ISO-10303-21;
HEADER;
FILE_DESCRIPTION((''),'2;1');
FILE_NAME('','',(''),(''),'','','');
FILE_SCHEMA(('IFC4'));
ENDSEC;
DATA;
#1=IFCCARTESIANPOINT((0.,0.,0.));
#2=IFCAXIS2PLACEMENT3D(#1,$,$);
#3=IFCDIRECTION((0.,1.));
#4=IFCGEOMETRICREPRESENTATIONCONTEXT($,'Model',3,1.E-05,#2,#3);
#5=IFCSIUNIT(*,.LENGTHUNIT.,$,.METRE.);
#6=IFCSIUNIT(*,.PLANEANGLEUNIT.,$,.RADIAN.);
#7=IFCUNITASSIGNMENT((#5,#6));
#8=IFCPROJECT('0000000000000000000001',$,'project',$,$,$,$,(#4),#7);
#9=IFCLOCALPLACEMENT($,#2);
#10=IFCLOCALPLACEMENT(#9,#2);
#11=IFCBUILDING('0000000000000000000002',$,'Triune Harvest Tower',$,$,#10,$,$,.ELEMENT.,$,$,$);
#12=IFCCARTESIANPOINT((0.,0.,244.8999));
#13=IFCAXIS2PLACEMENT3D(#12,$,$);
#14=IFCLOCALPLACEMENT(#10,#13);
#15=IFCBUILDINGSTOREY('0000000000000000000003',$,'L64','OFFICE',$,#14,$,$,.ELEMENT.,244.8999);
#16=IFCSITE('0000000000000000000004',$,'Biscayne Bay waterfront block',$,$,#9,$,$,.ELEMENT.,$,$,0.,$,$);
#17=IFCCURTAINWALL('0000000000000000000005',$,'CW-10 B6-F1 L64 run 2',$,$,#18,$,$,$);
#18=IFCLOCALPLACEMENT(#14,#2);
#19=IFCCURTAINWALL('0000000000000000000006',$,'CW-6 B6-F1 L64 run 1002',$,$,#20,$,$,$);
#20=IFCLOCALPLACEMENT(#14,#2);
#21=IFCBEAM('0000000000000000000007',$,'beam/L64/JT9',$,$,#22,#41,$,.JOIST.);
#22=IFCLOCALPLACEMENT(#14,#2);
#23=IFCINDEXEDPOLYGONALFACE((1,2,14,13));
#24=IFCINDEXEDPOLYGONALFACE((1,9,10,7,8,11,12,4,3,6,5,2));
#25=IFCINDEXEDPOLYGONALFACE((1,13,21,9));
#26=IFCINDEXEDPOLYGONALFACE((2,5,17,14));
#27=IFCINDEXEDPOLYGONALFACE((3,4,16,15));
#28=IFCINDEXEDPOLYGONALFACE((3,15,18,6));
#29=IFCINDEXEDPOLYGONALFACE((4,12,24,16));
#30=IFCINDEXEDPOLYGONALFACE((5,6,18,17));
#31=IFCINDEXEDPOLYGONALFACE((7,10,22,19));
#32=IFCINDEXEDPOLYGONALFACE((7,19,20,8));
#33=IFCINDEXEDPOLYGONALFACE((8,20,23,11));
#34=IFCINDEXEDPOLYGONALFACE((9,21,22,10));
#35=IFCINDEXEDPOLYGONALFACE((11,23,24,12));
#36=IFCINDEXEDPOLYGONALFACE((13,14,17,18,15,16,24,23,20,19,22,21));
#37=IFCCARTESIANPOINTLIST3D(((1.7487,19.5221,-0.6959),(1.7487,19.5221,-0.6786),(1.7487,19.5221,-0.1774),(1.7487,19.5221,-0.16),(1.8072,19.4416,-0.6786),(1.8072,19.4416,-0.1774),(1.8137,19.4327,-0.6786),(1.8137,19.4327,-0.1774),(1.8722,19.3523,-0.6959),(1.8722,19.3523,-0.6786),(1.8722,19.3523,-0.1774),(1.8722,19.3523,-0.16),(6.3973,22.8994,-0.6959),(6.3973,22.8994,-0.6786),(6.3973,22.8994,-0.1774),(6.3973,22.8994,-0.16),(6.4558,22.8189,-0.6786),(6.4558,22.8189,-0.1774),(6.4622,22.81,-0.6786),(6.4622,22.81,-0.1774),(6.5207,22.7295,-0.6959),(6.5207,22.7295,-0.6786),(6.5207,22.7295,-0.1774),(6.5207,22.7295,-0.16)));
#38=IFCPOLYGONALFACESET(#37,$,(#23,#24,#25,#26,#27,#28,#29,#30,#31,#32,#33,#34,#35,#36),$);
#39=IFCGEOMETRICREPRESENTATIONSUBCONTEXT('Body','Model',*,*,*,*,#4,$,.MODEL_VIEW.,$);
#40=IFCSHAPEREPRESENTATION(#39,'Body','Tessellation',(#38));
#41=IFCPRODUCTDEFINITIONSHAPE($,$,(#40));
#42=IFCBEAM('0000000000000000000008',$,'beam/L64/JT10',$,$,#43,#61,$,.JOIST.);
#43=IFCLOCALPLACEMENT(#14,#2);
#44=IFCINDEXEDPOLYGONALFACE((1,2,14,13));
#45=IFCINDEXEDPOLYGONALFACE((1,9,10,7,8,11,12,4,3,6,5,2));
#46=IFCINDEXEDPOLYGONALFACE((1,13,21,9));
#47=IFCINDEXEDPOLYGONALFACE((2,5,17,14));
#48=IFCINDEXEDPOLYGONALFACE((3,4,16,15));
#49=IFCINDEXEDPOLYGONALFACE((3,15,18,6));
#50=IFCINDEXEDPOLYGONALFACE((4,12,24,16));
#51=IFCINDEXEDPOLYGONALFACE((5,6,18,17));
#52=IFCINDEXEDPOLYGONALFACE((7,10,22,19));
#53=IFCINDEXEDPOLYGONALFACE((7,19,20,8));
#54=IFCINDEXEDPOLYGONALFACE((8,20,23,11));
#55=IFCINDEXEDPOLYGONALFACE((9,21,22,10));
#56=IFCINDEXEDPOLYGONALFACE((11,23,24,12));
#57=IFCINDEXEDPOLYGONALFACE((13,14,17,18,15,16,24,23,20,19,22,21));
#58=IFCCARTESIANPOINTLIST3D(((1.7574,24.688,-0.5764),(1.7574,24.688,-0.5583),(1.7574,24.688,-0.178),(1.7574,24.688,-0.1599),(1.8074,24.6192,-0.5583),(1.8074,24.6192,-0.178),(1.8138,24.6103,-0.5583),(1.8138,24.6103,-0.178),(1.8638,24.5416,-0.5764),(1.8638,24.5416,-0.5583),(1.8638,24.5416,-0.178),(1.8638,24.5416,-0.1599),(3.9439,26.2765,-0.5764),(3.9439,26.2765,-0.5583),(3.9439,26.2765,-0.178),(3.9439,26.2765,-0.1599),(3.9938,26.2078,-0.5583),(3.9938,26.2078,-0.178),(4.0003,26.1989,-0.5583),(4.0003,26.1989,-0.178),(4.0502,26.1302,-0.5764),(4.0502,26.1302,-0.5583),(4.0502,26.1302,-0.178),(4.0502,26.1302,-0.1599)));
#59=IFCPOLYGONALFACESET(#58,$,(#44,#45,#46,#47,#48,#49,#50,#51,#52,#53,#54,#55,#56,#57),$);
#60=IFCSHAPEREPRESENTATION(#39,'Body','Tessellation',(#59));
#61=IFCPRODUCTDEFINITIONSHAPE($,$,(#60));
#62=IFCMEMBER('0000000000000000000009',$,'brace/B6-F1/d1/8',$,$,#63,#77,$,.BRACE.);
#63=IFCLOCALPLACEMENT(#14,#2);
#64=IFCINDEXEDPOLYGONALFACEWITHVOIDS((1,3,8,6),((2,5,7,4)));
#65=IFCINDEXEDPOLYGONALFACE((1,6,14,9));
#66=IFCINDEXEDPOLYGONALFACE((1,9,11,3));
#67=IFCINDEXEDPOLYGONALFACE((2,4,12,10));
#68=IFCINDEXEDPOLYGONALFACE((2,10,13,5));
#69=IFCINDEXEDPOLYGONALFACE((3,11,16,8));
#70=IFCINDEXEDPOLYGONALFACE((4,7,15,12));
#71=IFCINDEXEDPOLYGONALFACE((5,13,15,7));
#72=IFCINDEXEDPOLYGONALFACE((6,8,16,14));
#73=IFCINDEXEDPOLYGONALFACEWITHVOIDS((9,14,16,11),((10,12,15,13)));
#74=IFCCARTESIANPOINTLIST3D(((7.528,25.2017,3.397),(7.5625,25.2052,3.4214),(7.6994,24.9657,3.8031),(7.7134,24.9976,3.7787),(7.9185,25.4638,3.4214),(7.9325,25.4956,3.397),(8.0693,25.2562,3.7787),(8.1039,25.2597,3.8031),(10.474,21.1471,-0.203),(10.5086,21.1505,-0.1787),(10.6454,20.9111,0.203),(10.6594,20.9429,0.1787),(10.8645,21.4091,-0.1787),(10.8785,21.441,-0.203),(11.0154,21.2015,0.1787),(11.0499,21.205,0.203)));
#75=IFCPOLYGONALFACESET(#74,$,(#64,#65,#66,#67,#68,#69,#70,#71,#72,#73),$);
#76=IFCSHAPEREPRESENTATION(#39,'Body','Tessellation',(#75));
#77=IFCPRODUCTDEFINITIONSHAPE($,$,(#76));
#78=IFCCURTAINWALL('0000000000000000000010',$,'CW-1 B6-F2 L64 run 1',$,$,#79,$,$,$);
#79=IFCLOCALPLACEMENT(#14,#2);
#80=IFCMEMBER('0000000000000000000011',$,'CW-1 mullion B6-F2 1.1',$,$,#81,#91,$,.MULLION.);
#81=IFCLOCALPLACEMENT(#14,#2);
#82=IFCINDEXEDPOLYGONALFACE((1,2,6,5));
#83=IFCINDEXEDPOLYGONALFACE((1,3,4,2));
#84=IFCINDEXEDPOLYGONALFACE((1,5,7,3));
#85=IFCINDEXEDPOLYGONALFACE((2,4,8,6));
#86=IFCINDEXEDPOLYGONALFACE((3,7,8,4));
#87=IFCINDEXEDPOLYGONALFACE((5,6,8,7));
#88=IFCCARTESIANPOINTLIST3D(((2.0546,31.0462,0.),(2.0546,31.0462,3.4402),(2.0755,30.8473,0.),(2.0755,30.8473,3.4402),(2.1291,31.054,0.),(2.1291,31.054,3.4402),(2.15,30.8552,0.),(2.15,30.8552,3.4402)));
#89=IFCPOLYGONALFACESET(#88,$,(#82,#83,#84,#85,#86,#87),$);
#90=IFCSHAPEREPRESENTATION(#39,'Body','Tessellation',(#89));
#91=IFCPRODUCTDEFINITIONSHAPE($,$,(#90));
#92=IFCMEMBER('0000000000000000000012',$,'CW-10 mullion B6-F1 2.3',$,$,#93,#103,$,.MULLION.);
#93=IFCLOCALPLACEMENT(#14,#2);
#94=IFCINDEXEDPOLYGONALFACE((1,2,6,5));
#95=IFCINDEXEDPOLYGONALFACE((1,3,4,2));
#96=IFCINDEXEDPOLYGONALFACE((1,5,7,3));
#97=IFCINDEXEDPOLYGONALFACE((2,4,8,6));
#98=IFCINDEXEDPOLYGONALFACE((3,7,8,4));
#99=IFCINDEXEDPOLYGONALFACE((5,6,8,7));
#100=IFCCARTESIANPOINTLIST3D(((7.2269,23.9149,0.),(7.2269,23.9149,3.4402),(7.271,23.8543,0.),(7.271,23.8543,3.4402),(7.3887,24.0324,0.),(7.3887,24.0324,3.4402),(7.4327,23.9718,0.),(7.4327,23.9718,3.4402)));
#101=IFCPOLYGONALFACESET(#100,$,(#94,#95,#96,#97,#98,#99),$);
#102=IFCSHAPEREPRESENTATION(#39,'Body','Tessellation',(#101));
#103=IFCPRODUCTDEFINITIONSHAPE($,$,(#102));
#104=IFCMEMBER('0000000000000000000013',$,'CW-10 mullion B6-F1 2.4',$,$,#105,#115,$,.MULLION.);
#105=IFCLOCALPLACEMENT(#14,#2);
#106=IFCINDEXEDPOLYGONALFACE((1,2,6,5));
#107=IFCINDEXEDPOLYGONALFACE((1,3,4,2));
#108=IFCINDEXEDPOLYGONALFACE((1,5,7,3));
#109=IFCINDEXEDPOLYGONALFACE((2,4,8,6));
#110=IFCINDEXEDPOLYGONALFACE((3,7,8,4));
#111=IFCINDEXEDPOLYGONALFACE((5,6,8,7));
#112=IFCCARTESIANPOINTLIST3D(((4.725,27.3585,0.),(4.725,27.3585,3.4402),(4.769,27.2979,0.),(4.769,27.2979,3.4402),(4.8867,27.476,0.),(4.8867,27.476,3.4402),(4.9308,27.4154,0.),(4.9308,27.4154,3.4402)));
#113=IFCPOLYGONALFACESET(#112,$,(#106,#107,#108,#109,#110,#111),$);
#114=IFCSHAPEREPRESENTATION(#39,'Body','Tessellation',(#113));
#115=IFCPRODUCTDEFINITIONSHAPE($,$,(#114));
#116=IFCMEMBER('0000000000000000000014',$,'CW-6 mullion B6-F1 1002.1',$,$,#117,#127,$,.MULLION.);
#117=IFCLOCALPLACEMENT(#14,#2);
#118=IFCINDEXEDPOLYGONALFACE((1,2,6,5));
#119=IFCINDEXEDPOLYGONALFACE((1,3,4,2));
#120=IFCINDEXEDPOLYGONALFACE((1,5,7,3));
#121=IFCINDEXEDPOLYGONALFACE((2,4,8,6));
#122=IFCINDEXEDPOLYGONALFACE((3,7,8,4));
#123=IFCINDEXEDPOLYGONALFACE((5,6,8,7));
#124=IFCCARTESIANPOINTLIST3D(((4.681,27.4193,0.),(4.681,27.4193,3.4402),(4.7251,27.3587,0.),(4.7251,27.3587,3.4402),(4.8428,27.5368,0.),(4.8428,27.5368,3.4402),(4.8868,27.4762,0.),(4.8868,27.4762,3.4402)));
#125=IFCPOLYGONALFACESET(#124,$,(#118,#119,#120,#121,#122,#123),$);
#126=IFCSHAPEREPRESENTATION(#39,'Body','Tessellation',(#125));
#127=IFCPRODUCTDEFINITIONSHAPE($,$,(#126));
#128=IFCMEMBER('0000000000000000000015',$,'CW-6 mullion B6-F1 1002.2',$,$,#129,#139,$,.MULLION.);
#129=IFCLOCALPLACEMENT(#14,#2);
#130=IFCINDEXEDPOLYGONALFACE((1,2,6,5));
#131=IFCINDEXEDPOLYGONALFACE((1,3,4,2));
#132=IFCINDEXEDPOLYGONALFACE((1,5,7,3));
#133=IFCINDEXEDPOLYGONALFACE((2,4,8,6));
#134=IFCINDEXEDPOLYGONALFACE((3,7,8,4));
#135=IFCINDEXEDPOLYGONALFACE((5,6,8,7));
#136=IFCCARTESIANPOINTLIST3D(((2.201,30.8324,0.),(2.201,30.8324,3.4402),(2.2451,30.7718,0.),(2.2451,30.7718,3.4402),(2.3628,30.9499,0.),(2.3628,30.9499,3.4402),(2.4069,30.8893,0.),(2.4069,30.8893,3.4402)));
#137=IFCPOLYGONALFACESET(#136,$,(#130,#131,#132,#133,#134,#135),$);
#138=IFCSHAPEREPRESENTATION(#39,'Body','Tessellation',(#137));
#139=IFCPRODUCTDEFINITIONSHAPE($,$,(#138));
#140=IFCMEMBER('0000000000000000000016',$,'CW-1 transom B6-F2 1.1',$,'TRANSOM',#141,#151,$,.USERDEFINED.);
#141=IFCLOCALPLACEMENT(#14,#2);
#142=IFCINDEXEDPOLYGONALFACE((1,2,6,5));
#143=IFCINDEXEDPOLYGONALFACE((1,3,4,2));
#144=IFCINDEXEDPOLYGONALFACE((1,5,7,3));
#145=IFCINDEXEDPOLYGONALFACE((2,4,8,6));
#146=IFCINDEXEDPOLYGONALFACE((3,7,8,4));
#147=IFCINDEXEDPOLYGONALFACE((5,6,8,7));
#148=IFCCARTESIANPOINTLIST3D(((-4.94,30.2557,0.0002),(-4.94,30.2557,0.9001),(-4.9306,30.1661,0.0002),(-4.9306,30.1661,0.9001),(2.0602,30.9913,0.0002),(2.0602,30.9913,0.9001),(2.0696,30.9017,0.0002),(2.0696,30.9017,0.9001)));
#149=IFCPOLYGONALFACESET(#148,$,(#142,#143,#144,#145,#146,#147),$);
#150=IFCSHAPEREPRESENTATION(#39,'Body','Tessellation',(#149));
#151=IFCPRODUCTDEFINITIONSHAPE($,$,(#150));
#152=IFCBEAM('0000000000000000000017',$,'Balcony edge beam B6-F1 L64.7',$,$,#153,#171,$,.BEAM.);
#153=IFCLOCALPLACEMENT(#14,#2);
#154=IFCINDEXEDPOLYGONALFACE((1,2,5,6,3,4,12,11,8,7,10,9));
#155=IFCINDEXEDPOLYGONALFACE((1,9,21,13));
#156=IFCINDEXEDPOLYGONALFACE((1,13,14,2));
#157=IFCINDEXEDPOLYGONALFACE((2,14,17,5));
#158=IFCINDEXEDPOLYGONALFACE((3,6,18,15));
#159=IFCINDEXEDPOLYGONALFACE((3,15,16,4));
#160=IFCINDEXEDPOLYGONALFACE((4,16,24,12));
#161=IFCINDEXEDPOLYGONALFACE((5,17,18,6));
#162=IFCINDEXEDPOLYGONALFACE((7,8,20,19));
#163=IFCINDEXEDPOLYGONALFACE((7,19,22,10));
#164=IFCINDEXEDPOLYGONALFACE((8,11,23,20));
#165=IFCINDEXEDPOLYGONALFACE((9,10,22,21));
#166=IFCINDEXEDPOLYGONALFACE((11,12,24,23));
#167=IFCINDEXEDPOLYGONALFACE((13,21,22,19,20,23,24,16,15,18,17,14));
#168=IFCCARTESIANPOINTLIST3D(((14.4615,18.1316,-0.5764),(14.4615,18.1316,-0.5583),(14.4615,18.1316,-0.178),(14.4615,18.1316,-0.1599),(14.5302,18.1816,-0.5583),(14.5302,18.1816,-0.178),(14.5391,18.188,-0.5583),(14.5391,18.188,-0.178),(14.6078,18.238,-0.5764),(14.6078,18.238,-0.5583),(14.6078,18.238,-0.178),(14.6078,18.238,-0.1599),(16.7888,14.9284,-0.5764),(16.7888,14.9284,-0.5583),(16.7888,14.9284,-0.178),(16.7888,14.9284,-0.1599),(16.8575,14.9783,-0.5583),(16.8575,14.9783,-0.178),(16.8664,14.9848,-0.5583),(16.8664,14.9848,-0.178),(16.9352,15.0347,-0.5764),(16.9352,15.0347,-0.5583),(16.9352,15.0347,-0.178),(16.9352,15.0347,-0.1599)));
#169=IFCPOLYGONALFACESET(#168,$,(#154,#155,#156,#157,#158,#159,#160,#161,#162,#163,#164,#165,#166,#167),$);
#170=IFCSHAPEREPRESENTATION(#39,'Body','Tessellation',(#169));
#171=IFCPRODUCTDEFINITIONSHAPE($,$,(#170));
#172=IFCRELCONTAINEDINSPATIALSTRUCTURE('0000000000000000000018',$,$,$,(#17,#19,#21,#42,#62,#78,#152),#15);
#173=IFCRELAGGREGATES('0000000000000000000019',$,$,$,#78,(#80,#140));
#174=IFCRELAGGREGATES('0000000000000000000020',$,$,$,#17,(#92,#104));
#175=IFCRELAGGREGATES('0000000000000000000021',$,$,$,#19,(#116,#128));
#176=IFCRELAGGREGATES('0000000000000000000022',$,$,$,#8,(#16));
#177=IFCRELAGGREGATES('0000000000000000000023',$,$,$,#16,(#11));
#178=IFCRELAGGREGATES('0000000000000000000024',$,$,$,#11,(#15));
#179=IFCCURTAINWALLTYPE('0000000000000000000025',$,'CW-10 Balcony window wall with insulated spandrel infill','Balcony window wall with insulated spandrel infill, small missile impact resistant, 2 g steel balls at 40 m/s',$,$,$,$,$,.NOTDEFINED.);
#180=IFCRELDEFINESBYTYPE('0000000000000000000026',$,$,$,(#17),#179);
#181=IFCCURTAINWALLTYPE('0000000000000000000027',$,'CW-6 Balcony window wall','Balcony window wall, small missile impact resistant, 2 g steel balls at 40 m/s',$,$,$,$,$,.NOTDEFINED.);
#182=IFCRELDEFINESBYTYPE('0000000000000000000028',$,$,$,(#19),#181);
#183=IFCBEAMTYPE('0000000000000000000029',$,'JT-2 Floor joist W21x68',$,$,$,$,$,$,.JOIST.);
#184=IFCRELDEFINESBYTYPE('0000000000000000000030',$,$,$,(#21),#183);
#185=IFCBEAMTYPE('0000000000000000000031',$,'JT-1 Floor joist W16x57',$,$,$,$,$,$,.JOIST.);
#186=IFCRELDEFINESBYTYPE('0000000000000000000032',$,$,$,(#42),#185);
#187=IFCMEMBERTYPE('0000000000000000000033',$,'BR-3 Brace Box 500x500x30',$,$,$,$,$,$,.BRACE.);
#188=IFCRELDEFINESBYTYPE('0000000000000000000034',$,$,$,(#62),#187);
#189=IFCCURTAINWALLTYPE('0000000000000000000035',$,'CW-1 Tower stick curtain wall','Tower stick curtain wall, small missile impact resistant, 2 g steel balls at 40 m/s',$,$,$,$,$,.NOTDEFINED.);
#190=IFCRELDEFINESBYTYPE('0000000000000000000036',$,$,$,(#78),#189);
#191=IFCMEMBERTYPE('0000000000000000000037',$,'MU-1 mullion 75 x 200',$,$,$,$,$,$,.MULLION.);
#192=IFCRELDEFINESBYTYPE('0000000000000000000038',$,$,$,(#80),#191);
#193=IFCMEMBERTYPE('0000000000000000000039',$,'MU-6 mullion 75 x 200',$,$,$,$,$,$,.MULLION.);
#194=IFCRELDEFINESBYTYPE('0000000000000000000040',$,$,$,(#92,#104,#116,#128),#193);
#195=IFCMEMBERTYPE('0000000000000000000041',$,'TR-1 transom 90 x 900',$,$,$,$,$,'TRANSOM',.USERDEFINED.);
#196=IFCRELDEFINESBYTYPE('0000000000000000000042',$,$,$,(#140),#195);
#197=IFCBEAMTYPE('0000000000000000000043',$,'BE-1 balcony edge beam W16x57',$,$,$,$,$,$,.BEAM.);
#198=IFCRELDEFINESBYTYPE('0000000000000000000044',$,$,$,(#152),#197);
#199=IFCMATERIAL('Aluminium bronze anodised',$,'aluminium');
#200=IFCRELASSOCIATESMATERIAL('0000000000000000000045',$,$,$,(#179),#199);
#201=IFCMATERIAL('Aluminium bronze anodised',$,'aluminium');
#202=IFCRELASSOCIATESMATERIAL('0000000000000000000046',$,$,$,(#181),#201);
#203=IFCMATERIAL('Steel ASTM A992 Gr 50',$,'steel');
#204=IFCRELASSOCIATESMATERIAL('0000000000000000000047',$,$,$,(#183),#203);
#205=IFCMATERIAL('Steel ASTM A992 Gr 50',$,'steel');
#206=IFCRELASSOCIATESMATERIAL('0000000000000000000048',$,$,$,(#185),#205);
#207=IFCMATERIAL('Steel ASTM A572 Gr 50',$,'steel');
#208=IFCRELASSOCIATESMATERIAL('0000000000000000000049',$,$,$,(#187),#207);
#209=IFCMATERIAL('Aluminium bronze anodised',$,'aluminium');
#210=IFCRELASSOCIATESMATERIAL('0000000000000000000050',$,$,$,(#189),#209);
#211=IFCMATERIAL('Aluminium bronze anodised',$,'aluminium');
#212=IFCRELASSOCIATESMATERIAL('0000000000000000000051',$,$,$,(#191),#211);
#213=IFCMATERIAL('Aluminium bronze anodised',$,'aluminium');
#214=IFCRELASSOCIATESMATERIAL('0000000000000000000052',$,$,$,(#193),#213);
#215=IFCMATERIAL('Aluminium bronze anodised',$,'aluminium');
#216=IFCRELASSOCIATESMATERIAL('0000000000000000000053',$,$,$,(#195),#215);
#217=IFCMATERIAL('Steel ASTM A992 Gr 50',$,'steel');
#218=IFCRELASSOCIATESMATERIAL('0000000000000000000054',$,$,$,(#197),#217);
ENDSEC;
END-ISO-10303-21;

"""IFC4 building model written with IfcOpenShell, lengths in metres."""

from ifc_helpers import new_model, si_unit, direction, frame, origin, origin_2d, place, context, subcontext, project, spatial, rectangle, hollow_rectangle, i_section, extrude, source, transform, mapped, material, material_profile, profile_set, type_object, element, aggregate, save


model = new_model("IFC4")

# Units and contexts
model_context = context("Model", 3, precision=1e-05, world=origin(), true_north=direction((0.0, 1.0)))
body_context = subcontext(model_context, "Body", "Model", "MODEL_VIEW")
ifc_project = project(units=[si_unit("LENGTHUNIT", "METRE"), si_unit("PLANEANGLEUNIT", "RADIAN")], contexts=[model_context])

# Site, building, storey
site_placement = place(None, origin())
site = spatial("IfcSite", under=ifc_project, at=site_placement, Name="Biscayne Bay waterfront block", CompositionType="ELEMENT", RefElevation=0.0)
building_placement = place(site_placement, origin())
building = spatial("IfcBuilding", under=site, at=building_placement, Name="Triune Harvest Tower", CompositionType="ELEMENT")
storey_placement = place(building_placement, frame((0.0, 0.0, 244.8999)))
storey = spatial("IfcBuildingStorey", under=building, at=storey_placement, Name="L64", Description="OFFICE", CompositionType="ELEMENT", Elevation=244.8999)

# Curtain walls
ifc_material_1 = material(Name="Aluminium bronze anodised", Category="aluminium")
curtain_wall_type_1 = type_object("IfcCurtainWallType", Name="CW-10 Balcony window wall with insulated spandrel infill", Description="Balcony window wall with insulated spandrel infill, small missile impact resistant, 2 g steel balls at 40 m/s", PredefinedType="NOTDEFINED", material=ifc_material_1)
curtain_wall_1_placement = place(storey_placement, origin())
curtain_wall_1 = element("IfcCurtainWall", 1, at=curtain_wall_1_placement, inside=storey, type_object=curtain_wall_type_1, Name="CW-10 B6-F1 L64 run 2")
ifc_material_2 = material(Name="Aluminium bronze anodised", Category="aluminium")
curtain_wall_type_2 = type_object("IfcCurtainWallType", Name="CW-6 Balcony window wall", Description="Balcony window wall, small missile impact resistant, 2 g steel balls at 40 m/s", PredefinedType="NOTDEFINED", material=ifc_material_2)
curtain_wall_2_placement = place(storey_placement, origin())
curtain_wall_2 = element("IfcCurtainWall", 2, at=curtain_wall_2_placement, inside=storey, type_object=curtain_wall_type_2, Name="CW-6 B6-F1 L64 run 1002")

# Beams
ifc_material_3 = material(Name="Steel ASTM A992 Gr 50", Category="steel")
ifc_material_profile_1 = material_profile(ifc_material_3, i_section(OverallWidth=0.21, OverallDepth=0.5359, WebThickness=0.011, FlangeThickness=0.0173, at=origin_2d()), Name="W21x68")
ifc_profile_set_1 = profile_set([ifc_material_profile_1], Name="Steel ASTM A992 Gr 50")
beam_type_1 = type_object("IfcBeamType", Name="JT-2 Floor joist W21x68", PredefinedType="JOIST", material=ifc_profile_set_1)
shared_shape_1 = source(origin(), body_context, "Body", "SweptSolid", [
    extrude(i_section(OverallWidth=0.21, OverallDepth=0.5359, WebThickness=0.011, FlangeThickness=0.0173, at=origin_2d()), origin(), (0.0, 0.0, 1.0), 5.7458),
])
beam_1_placement = place(storey_placement, frame((6.459, 22.8145, -0.428), z_axis=(-0.809024, -0.587775, 0.0), x_axis=(0.587775, -0.809024, 0.0)))
element("IfcBeam", 3, at=beam_1_placement, inside=storey, type_object=beam_type_1, Name="beam/L64/JT9", PredefinedType="JOIST", context=body_context, shape_type="MappedRepresentation", body=[
    mapped(shared_shape_1, transform((0.0, 0.0, 0.0), scale=1.0)),
])
ifc_material_4 = material(Name="Steel ASTM A992 Gr 50", Category="steel")
ifc_material_profile_2 = material_profile(ifc_material_4, i_section(OverallWidth=0.1809, OverallDepth=0.4165, WebThickness=0.011, FlangeThickness=0.0181, at=origin_2d()), Name="W16x57")
ifc_profile_set_2 = profile_set([ifc_material_profile_2], Name="Steel ASTM A992 Gr 50")
beam_type_2 = type_object("IfcBeamType", Name="JT-1 Floor joist W16x57", PredefinedType="JOIST", material=ifc_profile_set_2)
shared_shape_2 = source(origin(), body_context, "Body", "SweptSolid", [
    extrude(i_section(OverallWidth=0.1809, OverallDepth=0.4165, WebThickness=0.011, FlangeThickness=0.0181, at=origin_2d()), origin(), (0.0, 0.0, 1.0), 2.7026),
])
beam_2_placement = place(storey_placement, frame((3.9971, 26.2034, -0.3682), z_axis=(-0.809013, -0.58779, 0.0), x_axis=(0.58779, -0.809013, 0.0)))
element("IfcBeam", 4, at=beam_2_placement, inside=storey, type_object=beam_type_2, Name="beam/L64/JT10", PredefinedType="JOIST", context=body_context, shape_type="MappedRepresentation", body=[
    mapped(shared_shape_2, transform((0.0, 0.0, 0.0), scale=1.0)),
])

# Member
ifc_material_5 = material(Name="Steel ASTM A572 Gr 50", Category="steel")
ifc_material_profile_3 = material_profile(ifc_material_5, hollow_rectangle(XDim=0.5, YDim=0.5, WallThickness=0.03, at=origin_2d()), Name="Box 500x500x30")
ifc_profile_set_3 = profile_set([ifc_material_profile_3], Name="Steel ASTM A572 Gr 50")
member_type_1 = type_object("IfcMemberType", Name="BR-3 Brace Box 500x500x30", PredefinedType="BRACE", material=ifc_profile_set_3)
shared_shape_3 = source(origin(), body_context, "Body", "SweptSolid", [
    extrude(hollow_rectangle(XDim=0.5, YDim=0.5, WallThickness=0.03, at=origin_2d()), origin(), (0.0, 0.0, 1.0), 6.1709),
])
member_1_placement = place(storey_placement, frame((10.762, 21.176, 0.0), z_axis=(-0.477407, 0.657063, 0.583396), x_axis=(-0.809004, -0.587804, 0.0)))
element("IfcMember", 5, at=member_1_placement, inside=storey, type_object=member_type_1, Name="brace/B6-F1/d1/8", PredefinedType="BRACE", context=body_context, shape_type="MappedRepresentation", body=[
    mapped(shared_shape_3, transform((0.0, 0.0, 0.0), scale=1.0)),
])

# Curtain wall, member
ifc_material_6 = material(Name="Aluminium bronze anodised", Category="aluminium")
curtain_wall_type_3 = type_object("IfcCurtainWallType", Name="CW-1 Tower stick curtain wall", Description="Tower stick curtain wall, small missile impact resistant, 2 g steel balls at 40 m/s", PredefinedType="NOTDEFINED", material=ifc_material_6)
curtain_wall_3_placement = place(storey_placement, origin())
curtain_wall_3 = element("IfcCurtainWall", 6, at=curtain_wall_3_placement, inside=storey, type_object=curtain_wall_type_3, Name="CW-1 B6-F2 L64 run 1")
ifc_material_7 = material(Name="Aluminium bronze anodised", Category="aluminium")
ifc_material_profile_4 = material_profile(ifc_material_7, rectangle(XDim=0.2, YDim=0.075, at=origin_2d()), Name="MU-1 mullion 75 x 200")
ifc_profile_set_4 = profile_set([ifc_material_profile_4], Name="Aluminium bronze anodised")
member_type_2 = type_object("IfcMemberType", Name="MU-1 mullion 75 x 200", PredefinedType="MULLION", material=ifc_profile_set_4)
shared_shape_4 = source(origin(), body_context, "Body", "SweptSolid", [
    extrude(rectangle(XDim=0.2, YDim=0.075, at=origin_2d()), origin(), (0.0, 0.0, 1.0), 3.4402),
])
member_2_placement = place(storey_placement, frame((2.1023, 30.9507, 0.0), z_axis=(0.0, 0.0, 1.0), x_axis=(0.10453, -0.994522, 0.0)))
member_2 = element("IfcMember", 7, at=member_2_placement, type_object=member_type_2, Name="CW-1 mullion B6-F2 1.1", PredefinedType="MULLION", context=body_context, shape_type="MappedRepresentation", body=[
    mapped(shared_shape_4, transform((0.0, 0.0, 0.0), scale=1.0)),
])

# Members
ifc_material_8 = material(Name="Aluminium bronze anodised", Category="aluminium")
ifc_material_profile_5 = material_profile(ifc_material_8, rectangle(XDim=0.2, YDim=0.075, at=origin_2d()), Name="MU-6 mullion 75 x 200")
ifc_profile_set_5 = profile_set([ifc_material_profile_5], Name="Aluminium bronze anodised")
member_type_3 = type_object("IfcMemberType", Name="MU-6 mullion 75 x 200", PredefinedType="MULLION", material=ifc_profile_set_5)
shared_shape_5 = source(origin(), body_context, "Body", "SweptSolid", [
    extrude(rectangle(XDim=0.2, YDim=0.075, at=origin_2d()), origin(), (0.0, 0.0, 1.0), 3.4402),
])
member_3_placement = place(storey_placement, frame((7.3298, 23.9434, 0.0), z_axis=(0.0, 0.0, 1.0), x_axis=(-0.809018, -0.587784, 0.0)))
member_3 = element("IfcMember", 8, at=member_3_placement, type_object=member_type_3, Name="CW-10 mullion B6-F1 2.3", PredefinedType="MULLION", context=body_context, shape_type="MappedRepresentation", body=[
    mapped(shared_shape_5, transform((0.0, 0.0, 0.0), scale=1.0)),
])
member_4_placement = place(storey_placement, frame((4.8279, 27.387, 0.0), z_axis=(0.0, 0.0, 1.0), x_axis=(-0.809018, -0.587784, 0.0)))
member_4 = element("IfcMember", 9, at=member_4_placement, type_object=member_type_3, Name="CW-10 mullion B6-F1 2.4", PredefinedType="MULLION", context=body_context, shape_type="MappedRepresentation", body=[
    mapped(shared_shape_5, transform((0.0, 0.0, 0.0), scale=1.0)),
])
member_5_placement = place(storey_placement, frame((4.7839, 27.4478, 0.0), z_axis=(0.0, 0.0, 1.0), x_axis=(-0.809012, -0.587792, 0.0)))
member_5 = element("IfcMember", 10, at=member_5_placement, type_object=member_type_3, Name="CW-6 mullion B6-F1 1002.1", PredefinedType="MULLION", context=body_context, shape_type="MappedRepresentation", body=[
    mapped(shared_shape_5, transform((0.0, 0.0, 0.0), scale=1.0)),
])
member_6_placement = place(storey_placement, frame((2.304, 30.8608, 0.0), z_axis=(0.0, 0.0, 1.0), x_axis=(-0.809012, -0.587792, 0.0)))
member_6 = element("IfcMember", 11, at=member_6_placement, type_object=member_type_3, Name="CW-6 mullion B6-F1 1002.2", PredefinedType="MULLION", context=body_context, shape_type="MappedRepresentation", body=[
    mapped(shared_shape_5, transform((0.0, 0.0, 0.0), scale=1.0)),
])
ifc_material_9 = material(Name="Aluminium bronze anodised", Category="aluminium")
ifc_material_profile_6 = material_profile(ifc_material_9, rectangle(XDim=0.0901, YDim=0.8999, at=origin_2d()), Name="TR-1 transom 90 x 900")
ifc_profile_set_6 = profile_set([ifc_material_profile_6], Name="Aluminium bronze anodised")
member_type_4 = type_object("IfcMemberType", Name="TR-1 transom 90 x 900", ElementType="TRANSOM", PredefinedType="USERDEFINED", material=ifc_profile_set_6)
shared_shape_6 = source(origin(), body_context, "Body", "SweptSolid", [
    extrude(rectangle(XDim=0.0901, YDim=0.8999, at=origin_2d()), origin(), (0.0, 0.0, 1.0), 7.0388),
])
member_7_placement = place(storey_placement, frame((2.0649, 30.9465, 0.4502), z_axis=(-0.994524, -0.104506, 0.0), x_axis=(0.104506, -0.994524, 0.0)))
member_7 = element("IfcMember", 12, at=member_7_placement, type_object=member_type_4, Name="CW-1 transom B6-F2 1.1", ObjectType="TRANSOM", PredefinedType="USERDEFINED", context=body_context, shape_type="MappedRepresentation", body=[
    mapped(shared_shape_6, transform((0.0, 0.0, 0.0), scale=1.0)),
])

# Beam
ifc_material_10 = material(Name="Steel ASTM A992 Gr 50", Category="steel")
ifc_material_profile_7 = material_profile(ifc_material_10, i_section(OverallWidth=0.1809, OverallDepth=0.4165, WebThickness=0.011, FlangeThickness=0.0181, at=origin_2d()), Name="W16x57")
ifc_profile_set_7 = profile_set([ifc_material_profile_7], Name="Steel ASTM A992 Gr 50")
beam_type_3 = type_object("IfcBeamType", Name="BE-1 balcony edge beam W16x57", PredefinedType="BEAM", material=ifc_profile_set_7)
shared_shape_7 = source(origin(), body_context, "Body", "SweptSolid", [
    extrude(i_section(OverallWidth=0.1809, OverallDepth=0.4165, WebThickness=0.011, FlangeThickness=0.0181, at=origin_2d()), origin(), (0.0, 0.0, 1.0), 3.9595),
])
beam_3_placement = place(storey_placement, frame((14.5347, 18.1848, -0.3682), z_axis=(0.587787, -0.809016, 0.0), x_axis=(0.809016, 0.587787, 0.0)))
element("IfcBeam", 13, at=beam_3_placement, inside=storey, type_object=beam_type_3, Name="Balcony edge beam B6-F1 L64.7", PredefinedType="BEAM", context=body_context, shape_type="MappedRepresentation", body=[
    mapped(shared_shape_7, transform((0.0, 0.0, 0.0), scale=1.0)),
])

aggregate(curtain_wall_3, [member_2, member_7])
aggregate(curtain_wall_1, [member_3, member_4])
aggregate(curtain_wall_2, [member_5, member_6])

save(model, "model.ifc")
